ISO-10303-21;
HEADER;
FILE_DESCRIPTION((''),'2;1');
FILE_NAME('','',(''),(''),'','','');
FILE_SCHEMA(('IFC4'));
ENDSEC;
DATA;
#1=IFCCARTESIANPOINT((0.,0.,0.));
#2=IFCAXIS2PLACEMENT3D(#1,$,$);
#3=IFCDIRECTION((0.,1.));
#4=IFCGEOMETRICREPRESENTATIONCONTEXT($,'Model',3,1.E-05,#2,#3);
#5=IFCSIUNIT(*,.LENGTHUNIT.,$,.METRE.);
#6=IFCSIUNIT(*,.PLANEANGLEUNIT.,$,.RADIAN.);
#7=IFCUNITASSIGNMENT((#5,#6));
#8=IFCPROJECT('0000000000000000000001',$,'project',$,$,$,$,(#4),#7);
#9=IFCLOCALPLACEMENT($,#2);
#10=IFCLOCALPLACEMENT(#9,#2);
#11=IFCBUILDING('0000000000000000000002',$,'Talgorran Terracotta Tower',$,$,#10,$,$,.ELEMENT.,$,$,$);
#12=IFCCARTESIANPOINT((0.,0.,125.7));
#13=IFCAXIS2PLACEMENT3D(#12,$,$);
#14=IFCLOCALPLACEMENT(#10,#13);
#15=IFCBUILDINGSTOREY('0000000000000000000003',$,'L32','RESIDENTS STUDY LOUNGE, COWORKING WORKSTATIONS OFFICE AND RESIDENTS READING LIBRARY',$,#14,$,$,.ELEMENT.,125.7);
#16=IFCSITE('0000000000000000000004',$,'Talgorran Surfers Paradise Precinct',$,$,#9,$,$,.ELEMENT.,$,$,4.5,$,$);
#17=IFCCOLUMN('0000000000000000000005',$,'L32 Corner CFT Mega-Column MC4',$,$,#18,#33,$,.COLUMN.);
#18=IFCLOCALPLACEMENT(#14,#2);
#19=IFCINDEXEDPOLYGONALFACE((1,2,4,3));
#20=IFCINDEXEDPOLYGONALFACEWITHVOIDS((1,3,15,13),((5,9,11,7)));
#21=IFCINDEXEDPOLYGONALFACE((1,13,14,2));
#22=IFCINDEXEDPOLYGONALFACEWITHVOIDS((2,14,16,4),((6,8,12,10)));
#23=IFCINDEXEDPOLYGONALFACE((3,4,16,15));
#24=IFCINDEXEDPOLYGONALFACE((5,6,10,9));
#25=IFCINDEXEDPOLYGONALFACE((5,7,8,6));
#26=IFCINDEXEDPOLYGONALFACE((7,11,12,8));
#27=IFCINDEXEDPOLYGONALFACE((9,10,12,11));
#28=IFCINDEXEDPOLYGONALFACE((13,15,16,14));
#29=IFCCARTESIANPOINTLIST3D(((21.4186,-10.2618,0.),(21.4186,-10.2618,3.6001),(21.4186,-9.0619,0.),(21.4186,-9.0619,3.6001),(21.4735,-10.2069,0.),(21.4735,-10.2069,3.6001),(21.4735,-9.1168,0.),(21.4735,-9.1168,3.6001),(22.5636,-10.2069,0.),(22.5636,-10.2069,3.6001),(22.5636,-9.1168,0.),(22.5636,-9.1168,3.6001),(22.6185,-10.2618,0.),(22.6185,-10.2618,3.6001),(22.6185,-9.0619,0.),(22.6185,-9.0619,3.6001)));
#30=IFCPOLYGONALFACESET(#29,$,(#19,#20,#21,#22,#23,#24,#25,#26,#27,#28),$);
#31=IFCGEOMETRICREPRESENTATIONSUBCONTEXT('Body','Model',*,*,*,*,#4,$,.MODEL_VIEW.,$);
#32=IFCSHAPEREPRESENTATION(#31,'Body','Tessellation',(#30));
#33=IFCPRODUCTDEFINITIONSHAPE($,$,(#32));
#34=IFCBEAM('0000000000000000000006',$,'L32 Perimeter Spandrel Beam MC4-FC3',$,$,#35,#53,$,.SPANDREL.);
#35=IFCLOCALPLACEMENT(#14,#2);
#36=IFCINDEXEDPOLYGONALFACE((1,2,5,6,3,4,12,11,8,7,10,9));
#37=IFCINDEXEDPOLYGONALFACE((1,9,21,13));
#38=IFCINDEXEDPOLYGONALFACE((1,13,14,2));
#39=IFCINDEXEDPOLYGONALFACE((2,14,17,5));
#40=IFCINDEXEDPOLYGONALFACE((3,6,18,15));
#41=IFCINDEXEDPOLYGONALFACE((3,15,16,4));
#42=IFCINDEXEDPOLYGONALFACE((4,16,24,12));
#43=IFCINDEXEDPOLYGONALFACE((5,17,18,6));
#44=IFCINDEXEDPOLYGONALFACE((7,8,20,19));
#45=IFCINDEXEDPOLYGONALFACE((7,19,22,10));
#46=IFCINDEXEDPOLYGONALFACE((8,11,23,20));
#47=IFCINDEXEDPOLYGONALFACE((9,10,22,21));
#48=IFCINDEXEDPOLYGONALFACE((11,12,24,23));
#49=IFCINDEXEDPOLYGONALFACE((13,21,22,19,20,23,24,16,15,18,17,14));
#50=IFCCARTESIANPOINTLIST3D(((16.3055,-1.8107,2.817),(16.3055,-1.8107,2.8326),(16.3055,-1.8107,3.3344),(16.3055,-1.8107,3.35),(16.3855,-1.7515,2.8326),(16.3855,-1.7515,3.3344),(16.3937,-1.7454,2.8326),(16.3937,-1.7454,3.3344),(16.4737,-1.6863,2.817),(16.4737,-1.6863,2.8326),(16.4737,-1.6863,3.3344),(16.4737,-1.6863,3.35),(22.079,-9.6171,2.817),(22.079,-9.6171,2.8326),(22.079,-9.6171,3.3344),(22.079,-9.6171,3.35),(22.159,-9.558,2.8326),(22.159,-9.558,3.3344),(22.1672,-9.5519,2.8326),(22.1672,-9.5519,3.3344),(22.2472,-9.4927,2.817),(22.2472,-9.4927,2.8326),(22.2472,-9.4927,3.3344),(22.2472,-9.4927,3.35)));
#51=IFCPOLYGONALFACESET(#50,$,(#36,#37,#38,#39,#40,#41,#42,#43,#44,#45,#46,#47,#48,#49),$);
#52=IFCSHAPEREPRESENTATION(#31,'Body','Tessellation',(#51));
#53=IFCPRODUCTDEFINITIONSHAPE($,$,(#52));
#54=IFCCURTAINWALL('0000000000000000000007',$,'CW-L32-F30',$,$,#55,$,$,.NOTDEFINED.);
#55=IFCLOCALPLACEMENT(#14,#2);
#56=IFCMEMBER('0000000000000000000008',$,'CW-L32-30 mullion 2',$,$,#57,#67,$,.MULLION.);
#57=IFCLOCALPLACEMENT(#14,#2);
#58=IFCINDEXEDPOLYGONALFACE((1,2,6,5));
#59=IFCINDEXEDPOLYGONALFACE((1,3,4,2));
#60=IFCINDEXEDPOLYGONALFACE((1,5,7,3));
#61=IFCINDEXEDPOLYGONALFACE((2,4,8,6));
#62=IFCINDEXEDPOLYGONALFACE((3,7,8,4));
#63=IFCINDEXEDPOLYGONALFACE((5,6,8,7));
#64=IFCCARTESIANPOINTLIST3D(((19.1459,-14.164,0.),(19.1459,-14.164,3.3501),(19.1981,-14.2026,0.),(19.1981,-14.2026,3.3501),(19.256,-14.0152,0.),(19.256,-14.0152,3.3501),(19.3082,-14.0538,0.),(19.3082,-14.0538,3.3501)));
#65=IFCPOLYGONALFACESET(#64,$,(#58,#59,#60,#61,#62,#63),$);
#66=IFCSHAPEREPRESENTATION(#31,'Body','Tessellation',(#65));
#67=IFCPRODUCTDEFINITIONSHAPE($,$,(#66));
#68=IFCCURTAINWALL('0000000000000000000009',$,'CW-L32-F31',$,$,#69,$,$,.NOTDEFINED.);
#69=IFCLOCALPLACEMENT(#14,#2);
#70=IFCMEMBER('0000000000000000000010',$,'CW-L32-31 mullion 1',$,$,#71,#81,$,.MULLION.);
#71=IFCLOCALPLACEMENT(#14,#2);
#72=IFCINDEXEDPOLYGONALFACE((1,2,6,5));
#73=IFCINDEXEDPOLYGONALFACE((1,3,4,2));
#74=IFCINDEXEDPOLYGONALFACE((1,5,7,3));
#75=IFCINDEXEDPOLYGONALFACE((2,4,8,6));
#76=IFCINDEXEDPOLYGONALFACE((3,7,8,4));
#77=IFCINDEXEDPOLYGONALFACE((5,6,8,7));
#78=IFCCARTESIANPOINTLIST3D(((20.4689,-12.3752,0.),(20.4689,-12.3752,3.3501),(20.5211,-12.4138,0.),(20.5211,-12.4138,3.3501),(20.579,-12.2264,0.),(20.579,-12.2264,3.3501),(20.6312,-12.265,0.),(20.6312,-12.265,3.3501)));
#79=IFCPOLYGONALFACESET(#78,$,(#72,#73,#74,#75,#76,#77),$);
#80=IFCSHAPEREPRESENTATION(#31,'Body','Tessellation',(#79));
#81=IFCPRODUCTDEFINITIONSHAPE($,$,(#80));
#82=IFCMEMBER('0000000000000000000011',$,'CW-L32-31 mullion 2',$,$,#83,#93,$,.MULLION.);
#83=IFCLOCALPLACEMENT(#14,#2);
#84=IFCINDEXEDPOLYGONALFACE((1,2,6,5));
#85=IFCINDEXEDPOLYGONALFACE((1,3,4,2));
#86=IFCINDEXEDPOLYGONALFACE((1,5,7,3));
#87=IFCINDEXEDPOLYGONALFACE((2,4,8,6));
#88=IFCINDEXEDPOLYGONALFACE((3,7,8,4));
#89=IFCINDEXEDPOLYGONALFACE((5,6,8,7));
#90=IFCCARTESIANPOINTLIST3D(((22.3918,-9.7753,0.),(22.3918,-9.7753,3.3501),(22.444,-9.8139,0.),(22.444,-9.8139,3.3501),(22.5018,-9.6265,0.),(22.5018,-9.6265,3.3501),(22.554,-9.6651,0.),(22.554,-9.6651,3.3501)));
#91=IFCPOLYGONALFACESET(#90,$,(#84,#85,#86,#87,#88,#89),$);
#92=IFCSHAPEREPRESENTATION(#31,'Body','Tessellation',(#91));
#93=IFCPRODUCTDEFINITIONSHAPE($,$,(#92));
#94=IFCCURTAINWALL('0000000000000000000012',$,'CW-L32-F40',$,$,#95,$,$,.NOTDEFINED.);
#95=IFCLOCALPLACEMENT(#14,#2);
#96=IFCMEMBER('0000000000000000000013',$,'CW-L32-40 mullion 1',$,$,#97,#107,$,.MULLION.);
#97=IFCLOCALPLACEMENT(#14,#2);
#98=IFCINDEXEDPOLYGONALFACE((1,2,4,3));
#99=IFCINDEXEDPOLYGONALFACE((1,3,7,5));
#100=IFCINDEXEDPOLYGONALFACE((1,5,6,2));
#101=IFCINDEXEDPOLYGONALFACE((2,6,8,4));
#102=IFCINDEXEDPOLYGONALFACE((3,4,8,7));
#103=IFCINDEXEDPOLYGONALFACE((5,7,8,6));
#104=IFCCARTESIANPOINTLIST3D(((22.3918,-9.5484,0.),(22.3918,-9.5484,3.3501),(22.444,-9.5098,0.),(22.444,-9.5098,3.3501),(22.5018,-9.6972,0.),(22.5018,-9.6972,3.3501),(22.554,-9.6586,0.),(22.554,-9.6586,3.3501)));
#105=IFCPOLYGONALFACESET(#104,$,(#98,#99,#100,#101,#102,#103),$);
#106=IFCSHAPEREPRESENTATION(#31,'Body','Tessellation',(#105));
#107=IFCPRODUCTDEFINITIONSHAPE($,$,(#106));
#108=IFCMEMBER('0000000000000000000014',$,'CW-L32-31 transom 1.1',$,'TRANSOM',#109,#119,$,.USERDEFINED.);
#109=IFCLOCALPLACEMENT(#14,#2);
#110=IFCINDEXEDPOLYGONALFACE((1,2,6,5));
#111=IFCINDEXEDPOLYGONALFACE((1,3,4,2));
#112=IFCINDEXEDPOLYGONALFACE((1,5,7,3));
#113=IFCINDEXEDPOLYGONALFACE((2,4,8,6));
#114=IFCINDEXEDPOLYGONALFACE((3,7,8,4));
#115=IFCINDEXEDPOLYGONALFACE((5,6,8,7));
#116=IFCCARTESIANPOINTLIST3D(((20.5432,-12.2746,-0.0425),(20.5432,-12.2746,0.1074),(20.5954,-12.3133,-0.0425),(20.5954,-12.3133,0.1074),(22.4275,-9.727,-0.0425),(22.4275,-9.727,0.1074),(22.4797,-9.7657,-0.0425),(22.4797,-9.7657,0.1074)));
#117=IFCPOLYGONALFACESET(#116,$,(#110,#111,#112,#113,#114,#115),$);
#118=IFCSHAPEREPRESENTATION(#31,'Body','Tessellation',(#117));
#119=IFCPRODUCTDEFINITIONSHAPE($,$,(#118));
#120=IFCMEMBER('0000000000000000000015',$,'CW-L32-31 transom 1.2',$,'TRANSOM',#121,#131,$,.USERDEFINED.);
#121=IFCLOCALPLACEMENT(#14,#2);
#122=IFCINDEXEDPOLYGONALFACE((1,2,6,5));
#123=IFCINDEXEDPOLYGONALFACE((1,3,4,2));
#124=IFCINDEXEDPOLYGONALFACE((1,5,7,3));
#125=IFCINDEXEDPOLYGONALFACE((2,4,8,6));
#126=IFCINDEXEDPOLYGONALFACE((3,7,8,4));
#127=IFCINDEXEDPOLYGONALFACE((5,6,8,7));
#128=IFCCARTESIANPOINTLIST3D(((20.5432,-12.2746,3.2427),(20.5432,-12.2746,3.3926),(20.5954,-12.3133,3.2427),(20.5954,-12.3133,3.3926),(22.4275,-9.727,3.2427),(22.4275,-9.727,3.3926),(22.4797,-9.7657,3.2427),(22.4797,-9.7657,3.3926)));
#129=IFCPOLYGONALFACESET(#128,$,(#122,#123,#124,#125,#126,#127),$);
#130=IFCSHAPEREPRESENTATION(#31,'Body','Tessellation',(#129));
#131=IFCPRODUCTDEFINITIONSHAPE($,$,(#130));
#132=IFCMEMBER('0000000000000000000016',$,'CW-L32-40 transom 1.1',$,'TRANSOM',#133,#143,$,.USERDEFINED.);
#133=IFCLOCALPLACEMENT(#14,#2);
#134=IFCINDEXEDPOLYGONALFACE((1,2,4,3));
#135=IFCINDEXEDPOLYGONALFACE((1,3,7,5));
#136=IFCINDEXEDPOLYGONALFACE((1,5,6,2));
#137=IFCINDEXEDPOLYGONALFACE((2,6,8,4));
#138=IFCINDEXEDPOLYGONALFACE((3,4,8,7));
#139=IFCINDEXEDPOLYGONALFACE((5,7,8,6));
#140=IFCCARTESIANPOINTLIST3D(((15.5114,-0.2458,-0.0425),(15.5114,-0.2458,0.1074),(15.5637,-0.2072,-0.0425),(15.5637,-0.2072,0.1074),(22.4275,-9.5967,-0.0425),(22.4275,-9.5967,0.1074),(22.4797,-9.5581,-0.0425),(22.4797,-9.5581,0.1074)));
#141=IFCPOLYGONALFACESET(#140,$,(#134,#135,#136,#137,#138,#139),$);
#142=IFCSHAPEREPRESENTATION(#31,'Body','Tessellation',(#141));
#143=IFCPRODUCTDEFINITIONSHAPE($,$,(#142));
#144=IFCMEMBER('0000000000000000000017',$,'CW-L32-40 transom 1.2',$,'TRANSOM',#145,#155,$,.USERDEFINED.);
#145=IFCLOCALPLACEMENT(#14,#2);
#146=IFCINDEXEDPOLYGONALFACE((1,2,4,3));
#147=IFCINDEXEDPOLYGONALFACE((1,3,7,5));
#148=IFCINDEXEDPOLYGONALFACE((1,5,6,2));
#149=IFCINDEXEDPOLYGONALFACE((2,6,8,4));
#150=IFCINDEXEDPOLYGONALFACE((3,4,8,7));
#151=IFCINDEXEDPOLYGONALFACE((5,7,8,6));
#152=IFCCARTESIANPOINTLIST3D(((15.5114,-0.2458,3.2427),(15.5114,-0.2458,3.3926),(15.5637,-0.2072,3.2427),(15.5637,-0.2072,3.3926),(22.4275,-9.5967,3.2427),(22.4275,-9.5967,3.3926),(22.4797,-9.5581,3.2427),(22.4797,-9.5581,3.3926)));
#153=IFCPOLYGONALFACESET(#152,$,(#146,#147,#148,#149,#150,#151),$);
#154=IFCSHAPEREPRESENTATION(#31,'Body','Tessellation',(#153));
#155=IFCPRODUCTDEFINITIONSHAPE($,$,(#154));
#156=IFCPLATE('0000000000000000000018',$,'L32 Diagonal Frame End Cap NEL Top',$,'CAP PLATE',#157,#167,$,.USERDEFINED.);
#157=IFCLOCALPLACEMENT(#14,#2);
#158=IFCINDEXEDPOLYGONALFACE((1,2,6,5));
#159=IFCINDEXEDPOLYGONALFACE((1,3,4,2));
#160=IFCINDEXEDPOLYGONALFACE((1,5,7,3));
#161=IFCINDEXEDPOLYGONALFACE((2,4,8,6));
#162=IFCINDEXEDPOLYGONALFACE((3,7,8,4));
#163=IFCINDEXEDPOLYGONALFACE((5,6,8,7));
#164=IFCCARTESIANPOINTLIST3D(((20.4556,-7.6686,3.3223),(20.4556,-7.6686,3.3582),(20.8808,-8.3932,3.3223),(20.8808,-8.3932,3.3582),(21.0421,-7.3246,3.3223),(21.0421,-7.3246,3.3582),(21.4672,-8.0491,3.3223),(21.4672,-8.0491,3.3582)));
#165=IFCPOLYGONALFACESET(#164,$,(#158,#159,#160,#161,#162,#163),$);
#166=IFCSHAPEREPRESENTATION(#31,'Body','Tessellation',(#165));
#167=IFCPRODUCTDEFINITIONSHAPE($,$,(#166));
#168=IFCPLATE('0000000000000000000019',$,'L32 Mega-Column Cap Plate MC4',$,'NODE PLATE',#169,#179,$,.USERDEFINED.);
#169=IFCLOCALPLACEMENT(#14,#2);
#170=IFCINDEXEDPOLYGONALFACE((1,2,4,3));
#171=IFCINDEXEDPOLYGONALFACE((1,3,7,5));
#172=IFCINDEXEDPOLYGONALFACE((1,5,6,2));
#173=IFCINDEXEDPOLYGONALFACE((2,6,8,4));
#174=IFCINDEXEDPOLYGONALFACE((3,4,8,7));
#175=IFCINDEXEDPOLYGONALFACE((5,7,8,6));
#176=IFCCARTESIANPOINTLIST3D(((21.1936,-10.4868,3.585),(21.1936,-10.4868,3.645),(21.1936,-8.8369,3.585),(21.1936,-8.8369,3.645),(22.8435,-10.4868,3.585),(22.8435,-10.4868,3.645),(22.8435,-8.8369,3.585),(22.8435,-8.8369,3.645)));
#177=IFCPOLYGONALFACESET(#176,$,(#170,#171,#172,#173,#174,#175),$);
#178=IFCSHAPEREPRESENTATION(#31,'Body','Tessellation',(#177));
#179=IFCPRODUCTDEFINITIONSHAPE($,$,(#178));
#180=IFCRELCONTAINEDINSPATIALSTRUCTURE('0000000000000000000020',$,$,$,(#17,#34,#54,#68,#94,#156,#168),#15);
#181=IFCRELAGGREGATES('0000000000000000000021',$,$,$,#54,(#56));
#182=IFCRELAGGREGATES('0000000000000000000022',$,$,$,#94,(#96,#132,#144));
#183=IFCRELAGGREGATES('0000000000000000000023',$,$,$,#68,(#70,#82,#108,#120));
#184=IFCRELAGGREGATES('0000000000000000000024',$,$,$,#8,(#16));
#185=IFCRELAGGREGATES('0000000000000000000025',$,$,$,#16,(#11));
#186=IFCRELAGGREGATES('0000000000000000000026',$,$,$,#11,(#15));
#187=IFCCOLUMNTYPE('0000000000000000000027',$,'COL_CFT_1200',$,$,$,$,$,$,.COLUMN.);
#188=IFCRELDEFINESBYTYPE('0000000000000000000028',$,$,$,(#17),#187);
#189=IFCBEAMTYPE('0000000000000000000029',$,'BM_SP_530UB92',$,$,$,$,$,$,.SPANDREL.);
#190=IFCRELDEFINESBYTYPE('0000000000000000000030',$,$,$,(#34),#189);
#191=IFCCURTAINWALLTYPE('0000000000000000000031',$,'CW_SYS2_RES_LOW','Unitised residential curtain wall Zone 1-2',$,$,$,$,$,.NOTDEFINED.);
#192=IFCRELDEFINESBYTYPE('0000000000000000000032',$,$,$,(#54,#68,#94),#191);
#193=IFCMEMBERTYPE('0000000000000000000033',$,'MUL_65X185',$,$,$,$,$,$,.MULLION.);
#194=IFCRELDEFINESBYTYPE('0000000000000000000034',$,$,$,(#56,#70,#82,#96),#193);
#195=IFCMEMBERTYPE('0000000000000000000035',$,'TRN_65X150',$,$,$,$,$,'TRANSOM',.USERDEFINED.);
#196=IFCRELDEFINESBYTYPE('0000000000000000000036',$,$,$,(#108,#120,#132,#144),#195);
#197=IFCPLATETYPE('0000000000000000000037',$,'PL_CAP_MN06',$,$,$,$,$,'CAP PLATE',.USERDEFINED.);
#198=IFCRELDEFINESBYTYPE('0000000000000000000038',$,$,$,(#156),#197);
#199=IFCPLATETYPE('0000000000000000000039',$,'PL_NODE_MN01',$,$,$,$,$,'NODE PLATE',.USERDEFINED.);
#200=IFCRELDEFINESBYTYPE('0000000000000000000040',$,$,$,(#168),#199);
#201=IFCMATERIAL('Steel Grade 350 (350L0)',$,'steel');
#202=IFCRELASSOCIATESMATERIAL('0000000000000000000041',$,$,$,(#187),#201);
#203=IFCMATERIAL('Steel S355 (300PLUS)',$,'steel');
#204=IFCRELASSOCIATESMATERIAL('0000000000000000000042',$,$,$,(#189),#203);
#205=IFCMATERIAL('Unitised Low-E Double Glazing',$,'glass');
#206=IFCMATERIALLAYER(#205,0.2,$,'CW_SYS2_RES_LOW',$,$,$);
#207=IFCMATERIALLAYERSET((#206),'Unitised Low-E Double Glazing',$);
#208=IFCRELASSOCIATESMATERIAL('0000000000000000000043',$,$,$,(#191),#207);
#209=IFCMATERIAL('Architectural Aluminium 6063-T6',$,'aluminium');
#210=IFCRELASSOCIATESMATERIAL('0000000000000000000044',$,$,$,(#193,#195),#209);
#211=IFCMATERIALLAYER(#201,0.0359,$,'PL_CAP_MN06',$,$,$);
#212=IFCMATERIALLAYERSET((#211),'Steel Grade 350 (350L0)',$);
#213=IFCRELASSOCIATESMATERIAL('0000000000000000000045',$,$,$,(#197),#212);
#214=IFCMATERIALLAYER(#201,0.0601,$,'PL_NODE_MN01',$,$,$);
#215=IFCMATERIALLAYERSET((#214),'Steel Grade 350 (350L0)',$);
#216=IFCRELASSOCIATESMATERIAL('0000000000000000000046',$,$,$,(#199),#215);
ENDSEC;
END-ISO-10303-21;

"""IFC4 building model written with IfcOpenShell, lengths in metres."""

from ifc_helpers import new_model, si_unit, direction, frame, origin, origin_2d, place, context, subcontext, project, spatial, rectangle, hollow_rectangle, i_section, extrude, material, layer, layer_set, material_profile, profile_set, type_object, element, aggregate, save


model = new_model("IFC4")

# Units and contexts
model_context = context("Model", 3, precision=1e-05, world=origin(), true_north=direction((0.0, 1.0)))
body_context = subcontext(model_context, "Body", "Model", "MODEL_VIEW")
ifc_project = project(units=[si_unit("LENGTHUNIT", "METRE"), si_unit("PLANEANGLEUNIT", "RADIAN")], contexts=[model_context])

# Site, building, storey
site_placement = place(None, origin())
site = spatial("IfcSite", under=ifc_project, at=site_placement, Name="Talgorran Surfers Paradise Precinct", CompositionType="ELEMENT", RefElevation=4.5)
building_placement = place(site_placement, origin())
building = spatial("IfcBuilding", under=site, at=building_placement, Name="Talgorran Terracotta Tower", CompositionType="ELEMENT")
storey_placement = place(building_placement, frame((0.0, 0.0, 125.7)))
storey = spatial("IfcBuildingStorey", under=building, at=storey_placement, Name="L32", Description="RESIDENTS STUDY LOUNGE, COWORKING WORKSTATIONS OFFICE AND RESIDENTS READING LIBRARY", CompositionType="ELEMENT", Elevation=125.7)

# Column
ifc_material_1 = material(Name="Steel Grade 350 (350L0)", Category="steel")
ifc_material_profile_1 = material_profile(ifc_material_1, hollow_rectangle(XDim=1.2, YDim=1.2, WallThickness=0.0549, at=origin_2d()), Name="CFT1200X1200X55")
ifc_profile_set_1 = profile_set([ifc_material_profile_1], Name="Steel Grade 350 (350L0)")
column_type = type_object("IfcColumnType", Name="COL_CFT_1200", PredefinedType="COLUMN", material=ifc_profile_set_1)
column_placement = place(storey_placement, frame((22.0186, -9.6619, 0.0), z_axis=(0.0, 0.0, 1.0), x_axis=(1.0, 0.0, 0.0)))
element("IfcColumn", 1, at=column_placement, inside=storey, type_object=column_type, Name="L32 Corner CFT Mega-Column MC4", PredefinedType="COLUMN", context=body_context, shape_type="SweptSolid", body=[
    extrude(hollow_rectangle(XDim=1.2, YDim=1.2, WallThickness=0.0549, at=origin_2d()), origin(), (0.0, 0.0, 1.0), 3.6001),
])

# Beam
ifc_material_2 = material(Name="Steel S355 (300PLUS)", Category="steel")
ifc_material_profile_2 = material_profile(ifc_material_2, i_section(OverallWidth=0.2092, OverallDepth=0.533, WebThickness=0.0103, FlangeThickness=0.0156, at=origin_2d()), Name="530UB92.4")
ifc_profile_set_2 = profile_set([ifc_material_profile_2], Name="Steel S355 (300PLUS)")
beam_type = type_object("IfcBeamType", Name="BM_SP_530UB92", PredefinedType="SPANDREL", material=ifc_profile_set_2)
beam_placement = place(storey_placement, frame((22.1631, -9.5549, 3.0835), z_axis=(-0.594624, 0.804004, 0.0), x_axis=(-0.804004, -0.594624, 0.0)))
element("IfcBeam", 2, at=beam_placement, inside=storey, type_object=beam_type, Name="L32 Perimeter Spandrel Beam MC4-FC3", PredefinedType="SPANDREL", context=body_context, shape_type="SweptSolid", body=[
    extrude(i_section(OverallWidth=0.2092, OverallDepth=0.533, WebThickness=0.0103, FlangeThickness=0.0156, at=origin_2d()), origin(), (0.0, 0.0, 1.0), 9.7095),
])

# Curtain wall, member
ifc_material_3 = material(Name="Unitised Low-E Double Glazing", Category="glass")
ifc_layer_1 = layer(ifc_material_3, 0.2, Name="CW_SYS2_RES_LOW")
ifc_layer_set_1 = layer_set([ifc_layer_1], Name="Unitised Low-E Double Glazing")
curtain_wall_type = type_object("IfcCurtainWallType", Name="CW_SYS2_RES_LOW", Description="Unitised residential curtain wall Zone 1-2", PredefinedType="NOTDEFINED", material=ifc_layer_set_1)
curtain_wall_1_placement = place(storey_placement, origin())
curtain_wall_1 = element("IfcCurtainWall", 3, at=curtain_wall_1_placement, inside=storey, type_object=curtain_wall_type, Name="CW-L32-F30", PredefinedType="NOTDEFINED")
ifc_material_4 = material(Name="Architectural Aluminium 6063-T6", Category="aluminium")
ifc_material_profile_3 = material_profile(ifc_material_4, rectangle(XDim=0.0649, YDim=0.1851, at=origin_2d()), Name="CWM65X185")
ifc_profile_set_3 = profile_set([ifc_material_profile_3], Name="Architectural Aluminium 6063-T6")
member_type_1 = type_object("IfcMemberType", Name="MUL_65X185", PredefinedType="MULLION", material=ifc_profile_set_3)
member_1_placement = place(storey_placement, frame((19.2271, -14.1089, 0.0), z_axis=(0.0, 0.0, 1.0), x_axis=(-0.803989, 0.594644, 0.0)))
member_1 = element("IfcMember", 4, at=member_1_placement, type_object=member_type_1, Name="CW-L32-30 mullion 2", PredefinedType="MULLION", context=body_context, shape_type="SweptSolid", body=[
    extrude(rectangle(XDim=0.0649, YDim=0.1851, at=origin_2d()), origin(), (0.0, 0.0, 1.0), 3.3501),
])
aggregate(curtain_wall_1, [member_1])

# Curtain wall, members
curtain_wall_2_placement = place(storey_placement, origin())
curtain_wall_2 = element("IfcCurtainWall", 5, at=curtain_wall_2_placement, inside=storey, type_object=curtain_wall_type, Name="CW-L32-F31", PredefinedType="NOTDEFINED")
member_2_placement = place(storey_placement, frame((20.55, -12.3201, 0.0), z_axis=(0.0, 0.0, 1.0), x_axis=(-0.803984, 0.594651, 0.0)))
member_2 = element("IfcMember", 6, at=member_2_placement, type_object=member_type_1, Name="CW-L32-31 mullion 1", PredefinedType="MULLION", context=body_context, shape_type="SweptSolid", body=[
    extrude(rectangle(XDim=0.0649, YDim=0.1851, at=origin_2d()), origin(), (0.0, 0.0, 1.0), 3.3501),
])
member_3_placement = place(storey_placement, frame((22.4729, -9.7202, 0.0), z_axis=(0.0, 0.0, 1.0), x_axis=(-0.803984, 0.594651, 0.0)))
member_3 = element("IfcMember", 7, at=member_3_placement, type_object=member_type_1, Name="CW-L32-31 mullion 2", PredefinedType="MULLION", context=body_context, shape_type="SweptSolid", body=[
    extrude(rectangle(XDim=0.0649, YDim=0.1851, at=origin_2d()), origin(), (0.0, 0.0, 1.0), 3.3501),
])

# Curtain wall, member
curtain_wall_3_placement = place(storey_placement, origin())
curtain_wall_3 = element("IfcCurtainWall", 8, at=curtain_wall_3_placement, inside=storey, type_object=curtain_wall_type, Name="CW-L32-F40", PredefinedType="NOTDEFINED")
member_4_placement = place(storey_placement, frame((22.4729, -9.6035, 0.0), z_axis=(0.0, 0.0, 1.0), x_axis=(-0.803992, -0.59464, 0.0)))
member_4 = element("IfcMember", 9, at=member_4_placement, type_object=member_type_1, Name="CW-L32-40 mullion 1", PredefinedType="MULLION", context=body_context, shape_type="SweptSolid", body=[
    extrude(rectangle(XDim=0.0649, YDim=0.1851, at=origin_2d()), origin(), (0.0, 0.0, 1.0), 3.3501),
])

# Members
ifc_material_profile_4 = material_profile(ifc_material_4, rectangle(XDim=0.0649, YDim=0.1499, at=origin_2d()), Name="CWT65X150")
ifc_profile_set_4 = profile_set([ifc_material_profile_4], Name="Architectural Aluminium 6063-T6")
member_type_2 = type_object("IfcMemberType", Name="TRN_65X150", ElementType="TRANSOM", PredefinedType="USERDEFINED", material=ifc_profile_set_4)
member_5_placement = place(storey_placement, frame((20.5693, -12.2939, 0.0325), z_axis=(0.594649, 0.803986, 0.0), x_axis=(-0.803986, 0.594649, 0.0)))
member_5 = element("IfcMember", 10, at=member_5_placement, type_object=member_type_2, Name="CW-L32-31 transom 1.1", ObjectType="TRANSOM", PredefinedType="USERDEFINED", context=body_context, shape_type="SweptSolid", body=[
    extrude(rectangle(XDim=0.0649, YDim=0.1499, at=origin_2d()), origin(), (0.0, 0.0, 1.0), 3.1687),
])
member_6_placement = place(storey_placement, frame((20.5693, -12.2939, 3.3176), z_axis=(0.594649, 0.803986, 0.0), x_axis=(-0.803986, 0.594649, 0.0)))
member_6 = element("IfcMember", 11, at=member_6_placement, type_object=member_type_2, Name="CW-L32-31 transom 1.2", ObjectType="TRANSOM", PredefinedType="USERDEFINED", context=body_context, shape_type="SweptSolid", body=[
    extrude(rectangle(XDim=0.0649, YDim=0.1499, at=origin_2d()), origin(), (0.0, 0.0, 1.0), 3.1687),
])
member_7_placement = place(storey_placement, frame((22.4536, -9.5774, 0.0325), z_axis=(-0.594643, 0.80399, 0.0), x_axis=(-0.80399, -0.594643, 0.0)))
member_7 = element("IfcMember", 12, at=member_7_placement, type_object=member_type_2, Name="CW-L32-40 transom 1.1", ObjectType="TRANSOM", PredefinedType="USERDEFINED", context=body_context, shape_type="SweptSolid", body=[
    extrude(rectangle(XDim=0.0649, YDim=0.1499, at=origin_2d()), origin(), (0.0, 0.0, 1.0), 11.6306),
])
member_8_placement = place(storey_placement, frame((22.4536, -9.5774, 3.3176), z_axis=(-0.594643, 0.80399, 0.0), x_axis=(-0.80399, -0.594643, 0.0)))
member_8 = element("IfcMember", 13, at=member_8_placement, type_object=member_type_2, Name="CW-L32-40 transom 1.2", ObjectType="TRANSOM", PredefinedType="USERDEFINED", context=body_context, shape_type="SweptSolid", body=[
    extrude(rectangle(XDim=0.0649, YDim=0.1499, at=origin_2d()), origin(), (0.0, 0.0, 1.0), 11.6306),
])
aggregate(curtain_wall_3, [member_4, member_7, member_8])

# Plates
ifc_layer_2 = layer(ifc_material_1, 0.0359, Name="PL_CAP_MN06")
ifc_layer_set_2 = layer_set([ifc_layer_2], Name="Steel Grade 350 (350L0)")
plate_type_1 = type_object("IfcPlateType", Name="PL_CAP_MN06", ElementType="CAP PLATE", PredefinedType="USERDEFINED", material=ifc_layer_set_2)
plate_1_placement = place(storey_placement, frame((20.9614, -7.8589, 3.3223), z_axis=(0.0, 0.0, 1.0), x_axis=(0.506034, -0.862514, 0.0)))
element("IfcPlate", 14, at=plate_1_placement, inside=storey, type_object=plate_type_1, Name="L32 Diagonal Frame End Cap NEL Top", ObjectType="CAP PLATE", PredefinedType="USERDEFINED", context=body_context, shape_type="SweptSolid", body=[
    extrude(rectangle(XDim=0.8401, YDim=0.6799, at=origin_2d()), origin(), (0.0, 0.0, 1.0), 0.0359),
])
ifc_layer_3 = layer(ifc_material_1, 0.0601, Name="PL_NODE_MN01")
ifc_layer_set_3 = layer_set([ifc_layer_3], Name="Steel Grade 350 (350L0)")
plate_type_2 = type_object("IfcPlateType", Name="PL_NODE_MN01", ElementType="NODE PLATE", PredefinedType="USERDEFINED", material=ifc_layer_set_3)
plate_2_placement = place(storey_placement, frame((22.0186, -9.6619, 3.585), z_axis=(0.0, 0.0, 1.0), x_axis=(1.0, 0.0, 0.0)))
element("IfcPlate", 15, at=plate_2_placement, inside=storey, type_object=plate_type_2, Name="L32 Mega-Column Cap Plate MC4", ObjectType="NODE PLATE", PredefinedType="USERDEFINED", context=body_context, shape_type="SweptSolid", body=[
    extrude(rectangle(XDim=1.6499, YDim=1.6499, at=origin_2d()), origin(), (0.0, 0.0, 1.0), 0.0601),
])

aggregate(curtain_wall_2, [member_2, member_3, member_5, member_6])

save(model, "model.ifc")
